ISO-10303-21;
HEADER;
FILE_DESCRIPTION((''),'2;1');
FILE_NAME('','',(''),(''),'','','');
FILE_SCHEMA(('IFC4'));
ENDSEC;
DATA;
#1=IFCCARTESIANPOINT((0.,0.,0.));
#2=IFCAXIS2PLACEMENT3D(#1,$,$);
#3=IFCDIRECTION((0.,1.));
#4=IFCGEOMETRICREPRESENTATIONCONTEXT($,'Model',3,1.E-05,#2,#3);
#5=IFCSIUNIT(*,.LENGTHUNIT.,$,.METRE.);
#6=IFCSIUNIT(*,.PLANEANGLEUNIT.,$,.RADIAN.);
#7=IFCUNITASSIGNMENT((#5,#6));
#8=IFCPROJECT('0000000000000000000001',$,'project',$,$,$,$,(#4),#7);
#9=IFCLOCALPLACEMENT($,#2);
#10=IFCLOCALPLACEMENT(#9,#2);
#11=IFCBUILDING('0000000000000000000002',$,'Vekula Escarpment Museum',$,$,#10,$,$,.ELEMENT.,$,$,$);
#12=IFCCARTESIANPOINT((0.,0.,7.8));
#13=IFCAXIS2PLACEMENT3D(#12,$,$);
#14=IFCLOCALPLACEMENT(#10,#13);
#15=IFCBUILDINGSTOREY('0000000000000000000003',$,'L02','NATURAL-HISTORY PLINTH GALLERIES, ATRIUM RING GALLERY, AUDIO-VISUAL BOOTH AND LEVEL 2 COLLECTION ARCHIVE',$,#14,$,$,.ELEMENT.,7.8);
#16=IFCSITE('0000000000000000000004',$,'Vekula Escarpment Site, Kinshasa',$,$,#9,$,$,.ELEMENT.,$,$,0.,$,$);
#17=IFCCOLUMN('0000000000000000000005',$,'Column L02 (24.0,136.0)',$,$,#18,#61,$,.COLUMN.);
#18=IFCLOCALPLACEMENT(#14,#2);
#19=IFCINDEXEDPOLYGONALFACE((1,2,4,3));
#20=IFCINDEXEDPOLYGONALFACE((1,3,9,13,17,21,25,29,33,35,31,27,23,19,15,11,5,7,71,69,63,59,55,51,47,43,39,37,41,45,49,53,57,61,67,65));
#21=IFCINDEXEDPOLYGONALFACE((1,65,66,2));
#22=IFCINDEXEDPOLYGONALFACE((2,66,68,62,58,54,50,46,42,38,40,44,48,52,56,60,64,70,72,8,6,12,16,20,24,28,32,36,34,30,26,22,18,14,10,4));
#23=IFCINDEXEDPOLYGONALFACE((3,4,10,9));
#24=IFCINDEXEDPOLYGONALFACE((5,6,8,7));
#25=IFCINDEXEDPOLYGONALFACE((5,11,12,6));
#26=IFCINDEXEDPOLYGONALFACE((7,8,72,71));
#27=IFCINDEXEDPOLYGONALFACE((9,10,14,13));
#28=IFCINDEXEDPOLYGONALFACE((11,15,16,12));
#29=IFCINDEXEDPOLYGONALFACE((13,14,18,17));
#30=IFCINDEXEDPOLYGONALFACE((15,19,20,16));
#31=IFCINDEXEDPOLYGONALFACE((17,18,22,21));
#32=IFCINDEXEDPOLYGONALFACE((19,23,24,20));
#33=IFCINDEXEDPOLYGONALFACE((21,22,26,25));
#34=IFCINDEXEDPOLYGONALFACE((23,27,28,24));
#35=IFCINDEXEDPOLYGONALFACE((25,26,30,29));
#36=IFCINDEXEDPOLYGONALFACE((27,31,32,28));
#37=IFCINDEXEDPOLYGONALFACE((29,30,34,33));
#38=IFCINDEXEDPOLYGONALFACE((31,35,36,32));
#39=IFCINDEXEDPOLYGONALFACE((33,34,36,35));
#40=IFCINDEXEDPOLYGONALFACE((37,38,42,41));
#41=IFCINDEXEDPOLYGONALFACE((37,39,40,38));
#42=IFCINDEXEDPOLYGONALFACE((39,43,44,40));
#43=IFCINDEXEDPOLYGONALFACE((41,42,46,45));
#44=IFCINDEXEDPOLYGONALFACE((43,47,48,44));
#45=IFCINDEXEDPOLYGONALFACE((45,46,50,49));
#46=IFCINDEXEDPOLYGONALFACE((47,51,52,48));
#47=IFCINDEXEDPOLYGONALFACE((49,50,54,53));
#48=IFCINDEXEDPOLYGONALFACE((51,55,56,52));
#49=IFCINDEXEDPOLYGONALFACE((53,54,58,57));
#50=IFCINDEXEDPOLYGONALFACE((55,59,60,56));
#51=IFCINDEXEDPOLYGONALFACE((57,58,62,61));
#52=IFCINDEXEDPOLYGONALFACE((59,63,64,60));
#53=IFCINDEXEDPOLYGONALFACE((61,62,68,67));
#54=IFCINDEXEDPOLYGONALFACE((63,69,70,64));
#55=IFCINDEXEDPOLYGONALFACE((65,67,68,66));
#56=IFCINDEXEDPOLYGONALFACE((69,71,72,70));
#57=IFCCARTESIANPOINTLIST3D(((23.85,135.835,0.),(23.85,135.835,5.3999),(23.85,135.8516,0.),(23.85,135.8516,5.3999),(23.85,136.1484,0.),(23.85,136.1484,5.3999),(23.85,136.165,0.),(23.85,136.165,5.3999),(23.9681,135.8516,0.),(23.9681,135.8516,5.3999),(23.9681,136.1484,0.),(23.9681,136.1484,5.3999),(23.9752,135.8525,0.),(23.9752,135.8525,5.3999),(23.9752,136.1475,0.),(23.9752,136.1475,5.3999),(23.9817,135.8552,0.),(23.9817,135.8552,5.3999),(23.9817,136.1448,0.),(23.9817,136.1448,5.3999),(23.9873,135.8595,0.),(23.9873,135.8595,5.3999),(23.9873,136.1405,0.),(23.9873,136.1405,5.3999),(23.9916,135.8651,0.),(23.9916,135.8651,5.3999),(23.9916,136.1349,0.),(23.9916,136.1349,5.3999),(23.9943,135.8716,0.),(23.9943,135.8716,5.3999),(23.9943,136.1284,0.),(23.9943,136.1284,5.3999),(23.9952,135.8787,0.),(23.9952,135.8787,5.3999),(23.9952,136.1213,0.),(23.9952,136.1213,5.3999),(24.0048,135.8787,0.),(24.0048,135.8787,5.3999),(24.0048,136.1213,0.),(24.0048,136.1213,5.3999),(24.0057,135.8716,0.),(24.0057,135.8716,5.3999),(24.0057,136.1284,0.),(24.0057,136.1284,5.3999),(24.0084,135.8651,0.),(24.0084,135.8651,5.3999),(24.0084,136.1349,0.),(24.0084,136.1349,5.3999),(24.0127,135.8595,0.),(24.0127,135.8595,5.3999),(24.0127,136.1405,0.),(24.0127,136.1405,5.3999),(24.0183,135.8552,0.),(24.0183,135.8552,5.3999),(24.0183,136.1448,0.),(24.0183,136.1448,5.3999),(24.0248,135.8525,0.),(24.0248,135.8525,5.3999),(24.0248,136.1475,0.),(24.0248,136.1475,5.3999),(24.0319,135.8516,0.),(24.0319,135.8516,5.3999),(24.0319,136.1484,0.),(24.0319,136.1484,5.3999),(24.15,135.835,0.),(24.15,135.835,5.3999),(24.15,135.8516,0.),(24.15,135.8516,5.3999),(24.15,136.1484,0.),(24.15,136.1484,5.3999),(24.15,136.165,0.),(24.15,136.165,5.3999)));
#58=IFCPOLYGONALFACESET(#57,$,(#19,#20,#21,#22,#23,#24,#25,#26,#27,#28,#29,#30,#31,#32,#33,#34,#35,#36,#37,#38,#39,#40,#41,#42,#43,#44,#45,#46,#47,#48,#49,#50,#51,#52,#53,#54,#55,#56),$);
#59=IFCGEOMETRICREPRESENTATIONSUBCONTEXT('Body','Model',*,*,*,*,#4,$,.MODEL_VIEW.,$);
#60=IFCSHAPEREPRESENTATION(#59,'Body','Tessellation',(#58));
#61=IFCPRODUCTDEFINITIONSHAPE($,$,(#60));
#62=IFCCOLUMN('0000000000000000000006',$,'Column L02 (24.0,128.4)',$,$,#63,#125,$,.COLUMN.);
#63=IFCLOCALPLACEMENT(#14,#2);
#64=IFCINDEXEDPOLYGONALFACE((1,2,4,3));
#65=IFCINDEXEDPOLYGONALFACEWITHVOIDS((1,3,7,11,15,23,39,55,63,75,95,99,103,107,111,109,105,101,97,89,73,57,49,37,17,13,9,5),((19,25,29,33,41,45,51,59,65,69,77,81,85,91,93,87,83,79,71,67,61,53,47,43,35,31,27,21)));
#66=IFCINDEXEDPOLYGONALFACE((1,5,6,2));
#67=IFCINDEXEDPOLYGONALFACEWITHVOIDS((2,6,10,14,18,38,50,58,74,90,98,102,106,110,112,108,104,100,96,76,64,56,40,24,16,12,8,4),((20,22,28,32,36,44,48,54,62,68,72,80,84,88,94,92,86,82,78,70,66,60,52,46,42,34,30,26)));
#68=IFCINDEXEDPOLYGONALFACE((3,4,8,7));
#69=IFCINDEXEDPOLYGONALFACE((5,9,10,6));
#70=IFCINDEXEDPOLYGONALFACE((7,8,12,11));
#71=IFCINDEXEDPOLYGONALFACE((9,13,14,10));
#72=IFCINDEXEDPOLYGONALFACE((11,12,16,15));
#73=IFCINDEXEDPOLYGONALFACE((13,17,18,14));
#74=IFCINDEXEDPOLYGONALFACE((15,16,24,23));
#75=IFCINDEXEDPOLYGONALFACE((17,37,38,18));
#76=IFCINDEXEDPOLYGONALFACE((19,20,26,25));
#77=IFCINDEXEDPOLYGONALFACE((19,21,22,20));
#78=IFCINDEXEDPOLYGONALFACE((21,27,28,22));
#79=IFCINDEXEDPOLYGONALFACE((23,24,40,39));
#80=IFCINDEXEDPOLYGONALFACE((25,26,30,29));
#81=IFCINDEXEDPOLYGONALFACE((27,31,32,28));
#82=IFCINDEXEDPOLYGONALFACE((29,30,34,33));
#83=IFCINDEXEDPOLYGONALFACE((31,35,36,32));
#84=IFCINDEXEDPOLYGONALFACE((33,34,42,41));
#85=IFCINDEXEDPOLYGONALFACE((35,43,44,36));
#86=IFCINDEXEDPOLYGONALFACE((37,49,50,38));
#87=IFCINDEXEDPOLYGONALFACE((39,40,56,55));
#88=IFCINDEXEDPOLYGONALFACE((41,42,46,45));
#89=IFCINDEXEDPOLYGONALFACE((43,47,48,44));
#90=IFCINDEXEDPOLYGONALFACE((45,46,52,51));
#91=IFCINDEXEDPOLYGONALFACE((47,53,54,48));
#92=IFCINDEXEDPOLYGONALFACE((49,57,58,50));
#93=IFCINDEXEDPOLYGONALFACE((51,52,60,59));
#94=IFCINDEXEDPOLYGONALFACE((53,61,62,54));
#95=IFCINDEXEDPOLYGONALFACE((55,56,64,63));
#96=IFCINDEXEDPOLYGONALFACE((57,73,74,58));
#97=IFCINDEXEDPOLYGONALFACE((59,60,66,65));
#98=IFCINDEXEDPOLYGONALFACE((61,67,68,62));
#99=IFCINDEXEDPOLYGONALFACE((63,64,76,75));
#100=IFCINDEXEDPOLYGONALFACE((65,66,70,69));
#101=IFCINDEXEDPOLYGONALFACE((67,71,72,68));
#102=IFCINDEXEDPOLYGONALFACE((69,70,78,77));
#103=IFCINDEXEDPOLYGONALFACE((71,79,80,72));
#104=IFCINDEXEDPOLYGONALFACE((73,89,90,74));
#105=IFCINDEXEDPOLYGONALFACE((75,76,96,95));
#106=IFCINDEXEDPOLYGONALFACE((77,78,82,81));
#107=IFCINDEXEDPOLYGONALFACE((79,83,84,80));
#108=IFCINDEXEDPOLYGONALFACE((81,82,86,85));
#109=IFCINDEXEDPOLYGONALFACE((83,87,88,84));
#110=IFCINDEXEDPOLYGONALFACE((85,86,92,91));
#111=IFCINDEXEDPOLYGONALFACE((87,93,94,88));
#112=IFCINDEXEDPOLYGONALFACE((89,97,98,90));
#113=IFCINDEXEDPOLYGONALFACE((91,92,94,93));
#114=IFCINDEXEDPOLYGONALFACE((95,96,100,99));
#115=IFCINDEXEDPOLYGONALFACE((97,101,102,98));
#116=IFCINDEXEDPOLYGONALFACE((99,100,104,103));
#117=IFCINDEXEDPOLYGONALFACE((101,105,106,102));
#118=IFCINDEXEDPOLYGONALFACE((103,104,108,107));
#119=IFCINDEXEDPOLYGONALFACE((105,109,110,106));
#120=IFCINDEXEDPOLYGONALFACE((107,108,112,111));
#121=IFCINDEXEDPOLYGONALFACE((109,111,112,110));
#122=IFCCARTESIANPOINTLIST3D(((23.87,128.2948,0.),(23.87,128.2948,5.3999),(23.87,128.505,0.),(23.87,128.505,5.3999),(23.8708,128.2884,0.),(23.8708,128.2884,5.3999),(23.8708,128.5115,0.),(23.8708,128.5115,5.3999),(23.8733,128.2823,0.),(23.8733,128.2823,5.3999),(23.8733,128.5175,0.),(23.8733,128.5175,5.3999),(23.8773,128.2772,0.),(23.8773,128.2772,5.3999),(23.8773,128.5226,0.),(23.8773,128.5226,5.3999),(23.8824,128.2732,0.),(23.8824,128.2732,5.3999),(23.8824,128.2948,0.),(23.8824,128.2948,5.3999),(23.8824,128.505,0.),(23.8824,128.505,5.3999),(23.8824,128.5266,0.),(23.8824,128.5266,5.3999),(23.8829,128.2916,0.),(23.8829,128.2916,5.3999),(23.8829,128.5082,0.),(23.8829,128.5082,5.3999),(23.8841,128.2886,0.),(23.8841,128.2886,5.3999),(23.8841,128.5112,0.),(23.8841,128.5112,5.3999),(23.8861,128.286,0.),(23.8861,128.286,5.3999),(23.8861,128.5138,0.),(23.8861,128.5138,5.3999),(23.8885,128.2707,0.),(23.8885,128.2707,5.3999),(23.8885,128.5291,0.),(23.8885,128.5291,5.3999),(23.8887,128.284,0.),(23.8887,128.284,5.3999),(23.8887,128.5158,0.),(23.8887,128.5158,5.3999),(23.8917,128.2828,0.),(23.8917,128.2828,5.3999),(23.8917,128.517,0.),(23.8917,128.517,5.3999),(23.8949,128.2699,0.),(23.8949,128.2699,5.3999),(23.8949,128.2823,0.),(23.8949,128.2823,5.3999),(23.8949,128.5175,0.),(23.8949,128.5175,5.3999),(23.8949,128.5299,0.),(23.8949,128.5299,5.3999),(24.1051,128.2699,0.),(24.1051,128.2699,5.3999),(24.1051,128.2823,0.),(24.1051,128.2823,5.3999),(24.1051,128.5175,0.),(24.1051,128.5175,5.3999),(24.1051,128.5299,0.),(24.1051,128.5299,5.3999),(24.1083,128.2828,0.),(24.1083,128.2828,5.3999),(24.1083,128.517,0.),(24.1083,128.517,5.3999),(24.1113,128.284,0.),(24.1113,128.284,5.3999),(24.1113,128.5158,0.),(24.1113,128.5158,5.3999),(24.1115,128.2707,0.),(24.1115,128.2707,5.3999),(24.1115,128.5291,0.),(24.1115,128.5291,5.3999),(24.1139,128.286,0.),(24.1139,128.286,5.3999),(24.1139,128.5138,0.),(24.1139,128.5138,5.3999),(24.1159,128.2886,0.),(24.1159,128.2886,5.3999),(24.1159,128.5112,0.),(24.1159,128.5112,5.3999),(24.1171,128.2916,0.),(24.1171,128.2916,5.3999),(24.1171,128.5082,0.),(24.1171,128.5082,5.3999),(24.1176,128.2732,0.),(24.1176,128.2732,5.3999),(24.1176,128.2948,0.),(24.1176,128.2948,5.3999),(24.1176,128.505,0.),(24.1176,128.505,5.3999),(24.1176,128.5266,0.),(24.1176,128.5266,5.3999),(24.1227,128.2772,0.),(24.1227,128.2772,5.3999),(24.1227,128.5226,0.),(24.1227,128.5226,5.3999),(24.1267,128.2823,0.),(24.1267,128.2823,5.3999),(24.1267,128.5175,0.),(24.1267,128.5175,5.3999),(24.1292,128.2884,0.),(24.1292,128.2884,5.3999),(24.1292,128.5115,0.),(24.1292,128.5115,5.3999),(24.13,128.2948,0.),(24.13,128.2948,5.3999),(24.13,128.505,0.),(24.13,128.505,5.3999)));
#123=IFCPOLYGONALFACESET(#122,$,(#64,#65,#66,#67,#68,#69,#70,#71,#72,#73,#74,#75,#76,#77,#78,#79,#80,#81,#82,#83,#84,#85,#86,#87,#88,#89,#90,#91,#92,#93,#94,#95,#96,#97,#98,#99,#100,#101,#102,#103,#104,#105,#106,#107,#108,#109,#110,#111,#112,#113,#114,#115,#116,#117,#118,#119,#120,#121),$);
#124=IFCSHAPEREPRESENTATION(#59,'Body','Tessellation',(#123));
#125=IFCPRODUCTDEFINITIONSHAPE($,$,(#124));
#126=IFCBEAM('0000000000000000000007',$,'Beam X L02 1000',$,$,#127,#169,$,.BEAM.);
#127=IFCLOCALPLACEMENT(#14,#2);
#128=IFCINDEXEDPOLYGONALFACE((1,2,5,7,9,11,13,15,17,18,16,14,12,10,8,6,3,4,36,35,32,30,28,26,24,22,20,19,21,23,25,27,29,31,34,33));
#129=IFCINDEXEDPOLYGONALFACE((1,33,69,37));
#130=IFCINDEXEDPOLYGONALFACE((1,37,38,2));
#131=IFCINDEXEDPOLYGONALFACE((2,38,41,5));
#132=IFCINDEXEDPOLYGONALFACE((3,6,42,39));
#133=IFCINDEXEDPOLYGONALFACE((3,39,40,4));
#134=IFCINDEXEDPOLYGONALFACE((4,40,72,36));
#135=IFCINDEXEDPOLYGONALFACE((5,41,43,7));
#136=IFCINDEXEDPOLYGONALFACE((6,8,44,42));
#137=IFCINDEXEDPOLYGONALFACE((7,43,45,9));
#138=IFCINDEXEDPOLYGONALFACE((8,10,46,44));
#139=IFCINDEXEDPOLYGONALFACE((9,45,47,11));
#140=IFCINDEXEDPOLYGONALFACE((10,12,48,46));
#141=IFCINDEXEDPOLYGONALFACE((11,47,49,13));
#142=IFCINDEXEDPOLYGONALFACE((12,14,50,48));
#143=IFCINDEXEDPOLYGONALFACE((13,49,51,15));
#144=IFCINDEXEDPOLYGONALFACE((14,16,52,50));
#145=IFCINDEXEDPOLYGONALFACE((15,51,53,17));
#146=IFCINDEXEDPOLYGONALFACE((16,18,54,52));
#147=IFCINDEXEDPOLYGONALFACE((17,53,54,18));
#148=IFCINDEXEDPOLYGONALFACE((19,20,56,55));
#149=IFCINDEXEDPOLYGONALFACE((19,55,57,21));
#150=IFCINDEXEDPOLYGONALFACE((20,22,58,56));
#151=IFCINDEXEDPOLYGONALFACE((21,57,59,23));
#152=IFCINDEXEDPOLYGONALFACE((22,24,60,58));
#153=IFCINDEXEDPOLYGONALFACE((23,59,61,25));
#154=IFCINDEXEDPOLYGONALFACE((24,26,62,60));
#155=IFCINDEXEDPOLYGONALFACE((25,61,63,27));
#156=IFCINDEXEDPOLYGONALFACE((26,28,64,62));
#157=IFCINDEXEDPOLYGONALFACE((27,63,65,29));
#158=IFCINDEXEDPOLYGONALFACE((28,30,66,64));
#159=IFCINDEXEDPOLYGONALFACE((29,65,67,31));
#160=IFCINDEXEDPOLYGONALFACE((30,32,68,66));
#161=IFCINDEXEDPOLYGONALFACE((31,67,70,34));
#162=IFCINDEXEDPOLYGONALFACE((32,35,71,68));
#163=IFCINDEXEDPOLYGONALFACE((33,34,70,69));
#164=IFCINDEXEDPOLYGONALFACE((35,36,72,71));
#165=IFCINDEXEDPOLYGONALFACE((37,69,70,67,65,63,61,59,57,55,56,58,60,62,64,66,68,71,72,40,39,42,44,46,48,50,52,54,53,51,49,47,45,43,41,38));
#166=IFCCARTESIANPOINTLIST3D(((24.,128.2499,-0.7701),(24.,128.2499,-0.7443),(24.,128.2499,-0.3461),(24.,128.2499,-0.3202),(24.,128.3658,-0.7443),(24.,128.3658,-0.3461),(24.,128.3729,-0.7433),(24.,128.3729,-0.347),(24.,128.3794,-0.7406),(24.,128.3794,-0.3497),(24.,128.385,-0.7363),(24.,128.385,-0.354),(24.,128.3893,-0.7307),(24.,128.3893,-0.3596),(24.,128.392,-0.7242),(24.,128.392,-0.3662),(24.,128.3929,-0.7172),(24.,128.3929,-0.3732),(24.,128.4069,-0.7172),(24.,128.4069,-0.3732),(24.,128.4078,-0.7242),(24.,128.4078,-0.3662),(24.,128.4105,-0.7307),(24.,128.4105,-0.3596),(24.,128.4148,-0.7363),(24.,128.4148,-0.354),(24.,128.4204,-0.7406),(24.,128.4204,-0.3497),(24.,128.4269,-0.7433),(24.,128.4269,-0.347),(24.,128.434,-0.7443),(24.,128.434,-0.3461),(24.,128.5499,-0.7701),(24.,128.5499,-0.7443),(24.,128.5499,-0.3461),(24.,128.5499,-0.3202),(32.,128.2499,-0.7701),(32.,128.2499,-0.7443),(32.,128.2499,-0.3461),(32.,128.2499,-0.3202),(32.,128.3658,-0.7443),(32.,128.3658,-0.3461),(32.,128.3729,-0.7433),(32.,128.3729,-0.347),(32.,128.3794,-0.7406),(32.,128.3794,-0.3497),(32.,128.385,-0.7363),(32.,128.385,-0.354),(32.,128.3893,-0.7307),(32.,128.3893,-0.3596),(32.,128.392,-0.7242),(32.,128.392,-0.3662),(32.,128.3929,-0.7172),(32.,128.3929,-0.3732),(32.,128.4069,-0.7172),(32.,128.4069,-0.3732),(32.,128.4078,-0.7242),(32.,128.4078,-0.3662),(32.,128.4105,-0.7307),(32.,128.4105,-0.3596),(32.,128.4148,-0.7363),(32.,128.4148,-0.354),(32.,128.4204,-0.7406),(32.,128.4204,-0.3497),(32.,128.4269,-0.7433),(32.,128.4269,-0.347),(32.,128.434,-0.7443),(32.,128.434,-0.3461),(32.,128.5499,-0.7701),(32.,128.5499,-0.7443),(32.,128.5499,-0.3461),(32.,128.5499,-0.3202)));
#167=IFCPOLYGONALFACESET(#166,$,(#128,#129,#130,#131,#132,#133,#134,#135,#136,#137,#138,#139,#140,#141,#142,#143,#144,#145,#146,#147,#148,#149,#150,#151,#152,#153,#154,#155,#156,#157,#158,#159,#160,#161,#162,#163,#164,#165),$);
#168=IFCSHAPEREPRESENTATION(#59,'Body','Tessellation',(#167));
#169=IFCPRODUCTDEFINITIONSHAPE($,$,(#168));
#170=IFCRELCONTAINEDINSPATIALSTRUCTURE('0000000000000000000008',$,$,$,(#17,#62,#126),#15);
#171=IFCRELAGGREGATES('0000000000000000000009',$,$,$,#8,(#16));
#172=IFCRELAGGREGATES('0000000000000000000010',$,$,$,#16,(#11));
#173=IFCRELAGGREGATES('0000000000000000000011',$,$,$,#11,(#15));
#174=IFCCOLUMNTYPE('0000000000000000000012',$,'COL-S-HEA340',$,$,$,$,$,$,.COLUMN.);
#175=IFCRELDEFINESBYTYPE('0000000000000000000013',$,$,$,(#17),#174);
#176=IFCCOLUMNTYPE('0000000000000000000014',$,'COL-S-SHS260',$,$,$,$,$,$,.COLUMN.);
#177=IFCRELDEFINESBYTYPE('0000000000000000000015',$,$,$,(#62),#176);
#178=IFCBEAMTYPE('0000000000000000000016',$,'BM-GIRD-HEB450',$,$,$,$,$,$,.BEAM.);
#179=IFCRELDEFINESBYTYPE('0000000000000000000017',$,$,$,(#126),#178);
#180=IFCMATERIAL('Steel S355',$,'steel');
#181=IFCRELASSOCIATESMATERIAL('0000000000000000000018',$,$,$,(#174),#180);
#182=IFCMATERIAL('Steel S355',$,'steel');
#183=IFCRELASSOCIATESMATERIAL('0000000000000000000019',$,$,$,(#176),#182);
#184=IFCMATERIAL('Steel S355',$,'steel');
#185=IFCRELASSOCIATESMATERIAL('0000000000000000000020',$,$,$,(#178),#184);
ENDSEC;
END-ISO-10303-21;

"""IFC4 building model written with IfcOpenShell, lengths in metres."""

from ifc_helpers import new_model, si_unit, direction, frame, origin, origin_2d, place, context, subcontext, project, spatial, hollow_rectangle, i_section, extrude, material, material_profile, profile_set, type_object, element, save


model = new_model("IFC4")

# Units and contexts
model_context = context("Model", 3, precision=1e-05, world=origin(), true_north=direction((0.0, 1.0)))
body_context = subcontext(model_context, "Body", "Model", "MODEL_VIEW")
ifc_project = project(units=[si_unit("LENGTHUNIT", "METRE"), si_unit("PLANEANGLEUNIT", "RADIAN")], contexts=[model_context])

# Site, building, storey
site_placement = place(None, origin())
site = spatial("IfcSite", under=ifc_project, at=site_placement, Name="Vekula Escarpment Site, Kinshasa", CompositionType="ELEMENT", RefElevation=0.0)
building_placement = place(site_placement, origin())
building = spatial("IfcBuilding", under=site, at=building_placement, Name="Vekula Escarpment Museum", CompositionType="ELEMENT")
storey_placement = place(building_placement, frame((0.0, 0.0, 7.8)))
storey = spatial("IfcBuildingStorey", under=building, at=storey_placement, Name="L02", Description="NATURAL-HISTORY PLINTH GALLERIES, ATRIUM RING GALLERY, AUDIO-VISUAL BOOTH AND LEVEL 2 COLLECTION ARCHIVE", CompositionType="ELEMENT", Elevation=7.8)

# Columns
ifc_material_1 = material(Name="Steel S355", Category="steel")
ifc_material_profile_1 = material_profile(ifc_material_1, i_section(OverallWidth=0.3, OverallDepth=0.3301, WebThickness=0.0095, FlangeThickness=0.0166, FilletRadius=0.0271, at=origin_2d()), Name="HEA 340")
ifc_profile_set_1 = profile_set([ifc_material_profile_1], Name="Steel S355")
column_type_1 = type_object("IfcColumnType", Name="COL-S-HEA340", PredefinedType="COLUMN", material=ifc_profile_set_1)
column_1_placement = place(storey_placement, frame((24.0, 136.0, 0.0), z_axis=(0.0, 0.0, 1.0), x_axis=(1.0, 0.0, 0.0)))
element("IfcColumn", 1, at=column_1_placement, inside=storey, type_object=column_type_1, Name="Column L02 (24.0,136.0)", PredefinedType="COLUMN", context=body_context, shape_type="SweptSolid", body=[
    extrude(i_section(OverallWidth=0.3, OverallDepth=0.3301, WebThickness=0.0095, FlangeThickness=0.0166, FilletRadius=0.0271, at=origin_2d()), origin(), (0.0, 0.0, 1.0), 5.3999),
])
ifc_material_2 = material(Name="Steel S355", Category="steel")
ifc_material_profile_2 = material_profile(ifc_material_2, hollow_rectangle(XDim=0.26, YDim=0.26, WallThickness=0.0125, InnerFilletRadius=0.0125, OuterFilletRadius=0.0249, at=origin_2d()), Name="SHS 260x260x12.5")
ifc_profile_set_2 = profile_set([ifc_material_profile_2], Name="Steel S355")
column_type_2 = type_object("IfcColumnType", Name="COL-S-SHS260", PredefinedType="COLUMN", material=ifc_profile_set_2)
column_2_placement = place(storey_placement, frame((24.0, 128.3999, 0.0), z_axis=(0.0, 0.0, 1.0), x_axis=(1.0, 0.0, 0.0)))
element("IfcColumn", 2, at=column_2_placement, inside=storey, type_object=column_type_2, Name="Column L02 (24.0,128.4)", PredefinedType="COLUMN", context=body_context, shape_type="SweptSolid", body=[
    extrude(hollow_rectangle(XDim=0.26, YDim=0.26, WallThickness=0.0125, InnerFilletRadius=0.0125, OuterFilletRadius=0.0249, at=origin_2d()), origin(), (0.0, 0.0, 1.0), 5.3999),
])

# Beam
ifc_material_3 = material(Name="Steel S355", Category="steel")
ifc_material_profile_3 = material_profile(ifc_material_3, i_section(OverallWidth=0.3, OverallDepth=0.45, WebThickness=0.0139, FlangeThickness=0.0259, FilletRadius=0.0271, at=origin_2d()), Name="HEB 450")
ifc_profile_set_3 = profile_set([ifc_material_profile_3], Name="Steel S355")
beam_type_1 = type_object("IfcBeamType", Name="BM-GIRD-HEB450", PredefinedType="BEAM", material=ifc_profile_set_3)
beam_1_placement = place(storey_placement, frame((24.0, 128.3999, -0.5452), z_axis=(1.0, 0.0, 0.0), x_axis=(0.0, 1.0, 0.0)))
element("IfcBeam", 3, at=beam_1_placement, inside=storey, type_object=beam_type_1, Name="Beam X L02 1000", PredefinedType="BEAM", context=body_context, shape_type="SweptSolid", body=[
    extrude(i_section(OverallWidth=0.3, OverallDepth=0.45, WebThickness=0.0139, FlangeThickness=0.0259, FilletRadius=0.0271, at=origin_2d()), origin(), (0.0, 0.0, 1.0), 8.0),
])

save(model, "model.ifc")
